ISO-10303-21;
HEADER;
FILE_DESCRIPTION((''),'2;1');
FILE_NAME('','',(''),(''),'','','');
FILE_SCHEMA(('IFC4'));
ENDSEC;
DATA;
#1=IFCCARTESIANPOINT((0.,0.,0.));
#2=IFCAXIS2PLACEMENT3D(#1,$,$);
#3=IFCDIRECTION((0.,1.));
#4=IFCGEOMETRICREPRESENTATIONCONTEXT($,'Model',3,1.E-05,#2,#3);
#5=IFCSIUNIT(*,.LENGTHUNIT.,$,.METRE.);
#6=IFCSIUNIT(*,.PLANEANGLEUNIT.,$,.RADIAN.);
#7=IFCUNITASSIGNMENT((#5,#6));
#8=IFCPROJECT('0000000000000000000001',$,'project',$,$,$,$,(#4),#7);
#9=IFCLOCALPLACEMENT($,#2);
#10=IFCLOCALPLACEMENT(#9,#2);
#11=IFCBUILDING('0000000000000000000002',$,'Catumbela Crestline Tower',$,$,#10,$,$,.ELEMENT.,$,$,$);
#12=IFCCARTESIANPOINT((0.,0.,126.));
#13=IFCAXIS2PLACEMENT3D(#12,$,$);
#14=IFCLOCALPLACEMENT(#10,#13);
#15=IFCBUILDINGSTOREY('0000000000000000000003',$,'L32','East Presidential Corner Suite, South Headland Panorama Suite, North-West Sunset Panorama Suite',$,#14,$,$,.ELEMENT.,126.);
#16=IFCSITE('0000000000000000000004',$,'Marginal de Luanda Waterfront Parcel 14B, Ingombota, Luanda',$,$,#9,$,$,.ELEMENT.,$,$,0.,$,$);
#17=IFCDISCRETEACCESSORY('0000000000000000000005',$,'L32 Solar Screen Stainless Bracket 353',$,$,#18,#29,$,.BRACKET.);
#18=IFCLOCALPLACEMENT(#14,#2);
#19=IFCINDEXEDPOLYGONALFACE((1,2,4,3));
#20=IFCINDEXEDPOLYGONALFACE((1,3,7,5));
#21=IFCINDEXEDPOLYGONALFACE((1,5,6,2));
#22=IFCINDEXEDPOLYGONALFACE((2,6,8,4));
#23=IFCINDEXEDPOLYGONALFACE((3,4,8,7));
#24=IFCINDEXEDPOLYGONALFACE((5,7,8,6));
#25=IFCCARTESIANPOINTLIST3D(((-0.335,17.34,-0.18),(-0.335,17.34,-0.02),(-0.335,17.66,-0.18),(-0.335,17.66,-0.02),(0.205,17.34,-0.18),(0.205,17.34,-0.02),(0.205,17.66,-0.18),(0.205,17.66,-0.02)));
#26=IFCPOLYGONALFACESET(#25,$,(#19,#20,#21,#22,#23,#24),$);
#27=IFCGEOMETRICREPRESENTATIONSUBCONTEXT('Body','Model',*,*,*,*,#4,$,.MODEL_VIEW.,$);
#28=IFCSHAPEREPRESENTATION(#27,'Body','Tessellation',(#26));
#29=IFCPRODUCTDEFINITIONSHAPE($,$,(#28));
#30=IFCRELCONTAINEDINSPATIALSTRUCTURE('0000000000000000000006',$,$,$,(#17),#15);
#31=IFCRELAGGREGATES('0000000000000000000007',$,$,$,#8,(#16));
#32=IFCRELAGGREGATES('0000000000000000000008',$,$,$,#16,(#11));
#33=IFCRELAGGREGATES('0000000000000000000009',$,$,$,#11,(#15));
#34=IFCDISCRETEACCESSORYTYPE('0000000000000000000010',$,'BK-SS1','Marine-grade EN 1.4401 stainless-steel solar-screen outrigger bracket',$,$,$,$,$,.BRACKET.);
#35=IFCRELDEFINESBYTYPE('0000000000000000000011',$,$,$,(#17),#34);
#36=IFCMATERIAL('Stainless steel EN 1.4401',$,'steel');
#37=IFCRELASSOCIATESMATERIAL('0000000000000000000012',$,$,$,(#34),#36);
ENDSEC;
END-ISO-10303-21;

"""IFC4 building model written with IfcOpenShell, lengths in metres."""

from ifc_helpers import new_model, si_unit, direction, frame, origin, origin_2d, place, context, subcontext, project, spatial, rectangle, extrude, material, type_object, element, save


model = new_model("IFC4")

# Units and contexts
model_context = context("Model", 3, precision=1e-05, world=origin(), true_north=direction((0.0, 1.0)))
body_context = subcontext(model_context, "Body", "Model", "MODEL_VIEW")
ifc_project = project(units=[si_unit("LENGTHUNIT", "METRE"), si_unit("PLANEANGLEUNIT", "RADIAN")], contexts=[model_context])

# Site, building, storey
site_placement = place(None, origin())
site = spatial("IfcSite", under=ifc_project, at=site_placement, Name="Marginal de Luanda Waterfront Parcel 14B, Ingombota, Luanda", CompositionType="ELEMENT", RefElevation=0.0)
building_placement = place(site_placement, origin())
building = spatial("IfcBuilding", under=site, at=building_placement, Name="Catumbela Crestline Tower", CompositionType="ELEMENT")
storey_placement = place(building_placement, frame((0.0, 0.0, 126.0)))
storey = spatial("IfcBuildingStorey", under=building, at=storey_placement, Name="L32", Description="East Presidential Corner Suite, South Headland Panorama Suite, North-West Sunset Panorama Suite", CompositionType="ELEMENT", Elevation=126.0)

# Discrete accessory
ifc_material_1 = material(Name="Stainless steel EN 1.4401", Category="steel")
discrete_accessory_type = type_object("IfcDiscreteAccessoryType", Name="BK-SS1", Description="Marine-grade EN 1.4401 stainless-steel solar-screen outrigger bracket", PredefinedType="BRACKET", material=ifc_material_1)
discrete_accessory_placement = place(storey_placement, frame((-0.065, 17.5, -0.18), z_axis=(0.0, 0.0, 1.0), x_axis=(0.0, -1.0, 0.0)))
element("IfcDiscreteAccessory", 1, at=discrete_accessory_placement, inside=storey, type_object=discrete_accessory_type, Name="L32 Solar Screen Stainless Bracket 353", PredefinedType="BRACKET", context=body_context, shape_type="SweptSolid", body=[
    extrude(rectangle(XDim=0.32, YDim=0.54, at=origin_2d()), origin(), (0.0, 0.0, 1.0), 0.16),
])

save(model, "model.ifc")
